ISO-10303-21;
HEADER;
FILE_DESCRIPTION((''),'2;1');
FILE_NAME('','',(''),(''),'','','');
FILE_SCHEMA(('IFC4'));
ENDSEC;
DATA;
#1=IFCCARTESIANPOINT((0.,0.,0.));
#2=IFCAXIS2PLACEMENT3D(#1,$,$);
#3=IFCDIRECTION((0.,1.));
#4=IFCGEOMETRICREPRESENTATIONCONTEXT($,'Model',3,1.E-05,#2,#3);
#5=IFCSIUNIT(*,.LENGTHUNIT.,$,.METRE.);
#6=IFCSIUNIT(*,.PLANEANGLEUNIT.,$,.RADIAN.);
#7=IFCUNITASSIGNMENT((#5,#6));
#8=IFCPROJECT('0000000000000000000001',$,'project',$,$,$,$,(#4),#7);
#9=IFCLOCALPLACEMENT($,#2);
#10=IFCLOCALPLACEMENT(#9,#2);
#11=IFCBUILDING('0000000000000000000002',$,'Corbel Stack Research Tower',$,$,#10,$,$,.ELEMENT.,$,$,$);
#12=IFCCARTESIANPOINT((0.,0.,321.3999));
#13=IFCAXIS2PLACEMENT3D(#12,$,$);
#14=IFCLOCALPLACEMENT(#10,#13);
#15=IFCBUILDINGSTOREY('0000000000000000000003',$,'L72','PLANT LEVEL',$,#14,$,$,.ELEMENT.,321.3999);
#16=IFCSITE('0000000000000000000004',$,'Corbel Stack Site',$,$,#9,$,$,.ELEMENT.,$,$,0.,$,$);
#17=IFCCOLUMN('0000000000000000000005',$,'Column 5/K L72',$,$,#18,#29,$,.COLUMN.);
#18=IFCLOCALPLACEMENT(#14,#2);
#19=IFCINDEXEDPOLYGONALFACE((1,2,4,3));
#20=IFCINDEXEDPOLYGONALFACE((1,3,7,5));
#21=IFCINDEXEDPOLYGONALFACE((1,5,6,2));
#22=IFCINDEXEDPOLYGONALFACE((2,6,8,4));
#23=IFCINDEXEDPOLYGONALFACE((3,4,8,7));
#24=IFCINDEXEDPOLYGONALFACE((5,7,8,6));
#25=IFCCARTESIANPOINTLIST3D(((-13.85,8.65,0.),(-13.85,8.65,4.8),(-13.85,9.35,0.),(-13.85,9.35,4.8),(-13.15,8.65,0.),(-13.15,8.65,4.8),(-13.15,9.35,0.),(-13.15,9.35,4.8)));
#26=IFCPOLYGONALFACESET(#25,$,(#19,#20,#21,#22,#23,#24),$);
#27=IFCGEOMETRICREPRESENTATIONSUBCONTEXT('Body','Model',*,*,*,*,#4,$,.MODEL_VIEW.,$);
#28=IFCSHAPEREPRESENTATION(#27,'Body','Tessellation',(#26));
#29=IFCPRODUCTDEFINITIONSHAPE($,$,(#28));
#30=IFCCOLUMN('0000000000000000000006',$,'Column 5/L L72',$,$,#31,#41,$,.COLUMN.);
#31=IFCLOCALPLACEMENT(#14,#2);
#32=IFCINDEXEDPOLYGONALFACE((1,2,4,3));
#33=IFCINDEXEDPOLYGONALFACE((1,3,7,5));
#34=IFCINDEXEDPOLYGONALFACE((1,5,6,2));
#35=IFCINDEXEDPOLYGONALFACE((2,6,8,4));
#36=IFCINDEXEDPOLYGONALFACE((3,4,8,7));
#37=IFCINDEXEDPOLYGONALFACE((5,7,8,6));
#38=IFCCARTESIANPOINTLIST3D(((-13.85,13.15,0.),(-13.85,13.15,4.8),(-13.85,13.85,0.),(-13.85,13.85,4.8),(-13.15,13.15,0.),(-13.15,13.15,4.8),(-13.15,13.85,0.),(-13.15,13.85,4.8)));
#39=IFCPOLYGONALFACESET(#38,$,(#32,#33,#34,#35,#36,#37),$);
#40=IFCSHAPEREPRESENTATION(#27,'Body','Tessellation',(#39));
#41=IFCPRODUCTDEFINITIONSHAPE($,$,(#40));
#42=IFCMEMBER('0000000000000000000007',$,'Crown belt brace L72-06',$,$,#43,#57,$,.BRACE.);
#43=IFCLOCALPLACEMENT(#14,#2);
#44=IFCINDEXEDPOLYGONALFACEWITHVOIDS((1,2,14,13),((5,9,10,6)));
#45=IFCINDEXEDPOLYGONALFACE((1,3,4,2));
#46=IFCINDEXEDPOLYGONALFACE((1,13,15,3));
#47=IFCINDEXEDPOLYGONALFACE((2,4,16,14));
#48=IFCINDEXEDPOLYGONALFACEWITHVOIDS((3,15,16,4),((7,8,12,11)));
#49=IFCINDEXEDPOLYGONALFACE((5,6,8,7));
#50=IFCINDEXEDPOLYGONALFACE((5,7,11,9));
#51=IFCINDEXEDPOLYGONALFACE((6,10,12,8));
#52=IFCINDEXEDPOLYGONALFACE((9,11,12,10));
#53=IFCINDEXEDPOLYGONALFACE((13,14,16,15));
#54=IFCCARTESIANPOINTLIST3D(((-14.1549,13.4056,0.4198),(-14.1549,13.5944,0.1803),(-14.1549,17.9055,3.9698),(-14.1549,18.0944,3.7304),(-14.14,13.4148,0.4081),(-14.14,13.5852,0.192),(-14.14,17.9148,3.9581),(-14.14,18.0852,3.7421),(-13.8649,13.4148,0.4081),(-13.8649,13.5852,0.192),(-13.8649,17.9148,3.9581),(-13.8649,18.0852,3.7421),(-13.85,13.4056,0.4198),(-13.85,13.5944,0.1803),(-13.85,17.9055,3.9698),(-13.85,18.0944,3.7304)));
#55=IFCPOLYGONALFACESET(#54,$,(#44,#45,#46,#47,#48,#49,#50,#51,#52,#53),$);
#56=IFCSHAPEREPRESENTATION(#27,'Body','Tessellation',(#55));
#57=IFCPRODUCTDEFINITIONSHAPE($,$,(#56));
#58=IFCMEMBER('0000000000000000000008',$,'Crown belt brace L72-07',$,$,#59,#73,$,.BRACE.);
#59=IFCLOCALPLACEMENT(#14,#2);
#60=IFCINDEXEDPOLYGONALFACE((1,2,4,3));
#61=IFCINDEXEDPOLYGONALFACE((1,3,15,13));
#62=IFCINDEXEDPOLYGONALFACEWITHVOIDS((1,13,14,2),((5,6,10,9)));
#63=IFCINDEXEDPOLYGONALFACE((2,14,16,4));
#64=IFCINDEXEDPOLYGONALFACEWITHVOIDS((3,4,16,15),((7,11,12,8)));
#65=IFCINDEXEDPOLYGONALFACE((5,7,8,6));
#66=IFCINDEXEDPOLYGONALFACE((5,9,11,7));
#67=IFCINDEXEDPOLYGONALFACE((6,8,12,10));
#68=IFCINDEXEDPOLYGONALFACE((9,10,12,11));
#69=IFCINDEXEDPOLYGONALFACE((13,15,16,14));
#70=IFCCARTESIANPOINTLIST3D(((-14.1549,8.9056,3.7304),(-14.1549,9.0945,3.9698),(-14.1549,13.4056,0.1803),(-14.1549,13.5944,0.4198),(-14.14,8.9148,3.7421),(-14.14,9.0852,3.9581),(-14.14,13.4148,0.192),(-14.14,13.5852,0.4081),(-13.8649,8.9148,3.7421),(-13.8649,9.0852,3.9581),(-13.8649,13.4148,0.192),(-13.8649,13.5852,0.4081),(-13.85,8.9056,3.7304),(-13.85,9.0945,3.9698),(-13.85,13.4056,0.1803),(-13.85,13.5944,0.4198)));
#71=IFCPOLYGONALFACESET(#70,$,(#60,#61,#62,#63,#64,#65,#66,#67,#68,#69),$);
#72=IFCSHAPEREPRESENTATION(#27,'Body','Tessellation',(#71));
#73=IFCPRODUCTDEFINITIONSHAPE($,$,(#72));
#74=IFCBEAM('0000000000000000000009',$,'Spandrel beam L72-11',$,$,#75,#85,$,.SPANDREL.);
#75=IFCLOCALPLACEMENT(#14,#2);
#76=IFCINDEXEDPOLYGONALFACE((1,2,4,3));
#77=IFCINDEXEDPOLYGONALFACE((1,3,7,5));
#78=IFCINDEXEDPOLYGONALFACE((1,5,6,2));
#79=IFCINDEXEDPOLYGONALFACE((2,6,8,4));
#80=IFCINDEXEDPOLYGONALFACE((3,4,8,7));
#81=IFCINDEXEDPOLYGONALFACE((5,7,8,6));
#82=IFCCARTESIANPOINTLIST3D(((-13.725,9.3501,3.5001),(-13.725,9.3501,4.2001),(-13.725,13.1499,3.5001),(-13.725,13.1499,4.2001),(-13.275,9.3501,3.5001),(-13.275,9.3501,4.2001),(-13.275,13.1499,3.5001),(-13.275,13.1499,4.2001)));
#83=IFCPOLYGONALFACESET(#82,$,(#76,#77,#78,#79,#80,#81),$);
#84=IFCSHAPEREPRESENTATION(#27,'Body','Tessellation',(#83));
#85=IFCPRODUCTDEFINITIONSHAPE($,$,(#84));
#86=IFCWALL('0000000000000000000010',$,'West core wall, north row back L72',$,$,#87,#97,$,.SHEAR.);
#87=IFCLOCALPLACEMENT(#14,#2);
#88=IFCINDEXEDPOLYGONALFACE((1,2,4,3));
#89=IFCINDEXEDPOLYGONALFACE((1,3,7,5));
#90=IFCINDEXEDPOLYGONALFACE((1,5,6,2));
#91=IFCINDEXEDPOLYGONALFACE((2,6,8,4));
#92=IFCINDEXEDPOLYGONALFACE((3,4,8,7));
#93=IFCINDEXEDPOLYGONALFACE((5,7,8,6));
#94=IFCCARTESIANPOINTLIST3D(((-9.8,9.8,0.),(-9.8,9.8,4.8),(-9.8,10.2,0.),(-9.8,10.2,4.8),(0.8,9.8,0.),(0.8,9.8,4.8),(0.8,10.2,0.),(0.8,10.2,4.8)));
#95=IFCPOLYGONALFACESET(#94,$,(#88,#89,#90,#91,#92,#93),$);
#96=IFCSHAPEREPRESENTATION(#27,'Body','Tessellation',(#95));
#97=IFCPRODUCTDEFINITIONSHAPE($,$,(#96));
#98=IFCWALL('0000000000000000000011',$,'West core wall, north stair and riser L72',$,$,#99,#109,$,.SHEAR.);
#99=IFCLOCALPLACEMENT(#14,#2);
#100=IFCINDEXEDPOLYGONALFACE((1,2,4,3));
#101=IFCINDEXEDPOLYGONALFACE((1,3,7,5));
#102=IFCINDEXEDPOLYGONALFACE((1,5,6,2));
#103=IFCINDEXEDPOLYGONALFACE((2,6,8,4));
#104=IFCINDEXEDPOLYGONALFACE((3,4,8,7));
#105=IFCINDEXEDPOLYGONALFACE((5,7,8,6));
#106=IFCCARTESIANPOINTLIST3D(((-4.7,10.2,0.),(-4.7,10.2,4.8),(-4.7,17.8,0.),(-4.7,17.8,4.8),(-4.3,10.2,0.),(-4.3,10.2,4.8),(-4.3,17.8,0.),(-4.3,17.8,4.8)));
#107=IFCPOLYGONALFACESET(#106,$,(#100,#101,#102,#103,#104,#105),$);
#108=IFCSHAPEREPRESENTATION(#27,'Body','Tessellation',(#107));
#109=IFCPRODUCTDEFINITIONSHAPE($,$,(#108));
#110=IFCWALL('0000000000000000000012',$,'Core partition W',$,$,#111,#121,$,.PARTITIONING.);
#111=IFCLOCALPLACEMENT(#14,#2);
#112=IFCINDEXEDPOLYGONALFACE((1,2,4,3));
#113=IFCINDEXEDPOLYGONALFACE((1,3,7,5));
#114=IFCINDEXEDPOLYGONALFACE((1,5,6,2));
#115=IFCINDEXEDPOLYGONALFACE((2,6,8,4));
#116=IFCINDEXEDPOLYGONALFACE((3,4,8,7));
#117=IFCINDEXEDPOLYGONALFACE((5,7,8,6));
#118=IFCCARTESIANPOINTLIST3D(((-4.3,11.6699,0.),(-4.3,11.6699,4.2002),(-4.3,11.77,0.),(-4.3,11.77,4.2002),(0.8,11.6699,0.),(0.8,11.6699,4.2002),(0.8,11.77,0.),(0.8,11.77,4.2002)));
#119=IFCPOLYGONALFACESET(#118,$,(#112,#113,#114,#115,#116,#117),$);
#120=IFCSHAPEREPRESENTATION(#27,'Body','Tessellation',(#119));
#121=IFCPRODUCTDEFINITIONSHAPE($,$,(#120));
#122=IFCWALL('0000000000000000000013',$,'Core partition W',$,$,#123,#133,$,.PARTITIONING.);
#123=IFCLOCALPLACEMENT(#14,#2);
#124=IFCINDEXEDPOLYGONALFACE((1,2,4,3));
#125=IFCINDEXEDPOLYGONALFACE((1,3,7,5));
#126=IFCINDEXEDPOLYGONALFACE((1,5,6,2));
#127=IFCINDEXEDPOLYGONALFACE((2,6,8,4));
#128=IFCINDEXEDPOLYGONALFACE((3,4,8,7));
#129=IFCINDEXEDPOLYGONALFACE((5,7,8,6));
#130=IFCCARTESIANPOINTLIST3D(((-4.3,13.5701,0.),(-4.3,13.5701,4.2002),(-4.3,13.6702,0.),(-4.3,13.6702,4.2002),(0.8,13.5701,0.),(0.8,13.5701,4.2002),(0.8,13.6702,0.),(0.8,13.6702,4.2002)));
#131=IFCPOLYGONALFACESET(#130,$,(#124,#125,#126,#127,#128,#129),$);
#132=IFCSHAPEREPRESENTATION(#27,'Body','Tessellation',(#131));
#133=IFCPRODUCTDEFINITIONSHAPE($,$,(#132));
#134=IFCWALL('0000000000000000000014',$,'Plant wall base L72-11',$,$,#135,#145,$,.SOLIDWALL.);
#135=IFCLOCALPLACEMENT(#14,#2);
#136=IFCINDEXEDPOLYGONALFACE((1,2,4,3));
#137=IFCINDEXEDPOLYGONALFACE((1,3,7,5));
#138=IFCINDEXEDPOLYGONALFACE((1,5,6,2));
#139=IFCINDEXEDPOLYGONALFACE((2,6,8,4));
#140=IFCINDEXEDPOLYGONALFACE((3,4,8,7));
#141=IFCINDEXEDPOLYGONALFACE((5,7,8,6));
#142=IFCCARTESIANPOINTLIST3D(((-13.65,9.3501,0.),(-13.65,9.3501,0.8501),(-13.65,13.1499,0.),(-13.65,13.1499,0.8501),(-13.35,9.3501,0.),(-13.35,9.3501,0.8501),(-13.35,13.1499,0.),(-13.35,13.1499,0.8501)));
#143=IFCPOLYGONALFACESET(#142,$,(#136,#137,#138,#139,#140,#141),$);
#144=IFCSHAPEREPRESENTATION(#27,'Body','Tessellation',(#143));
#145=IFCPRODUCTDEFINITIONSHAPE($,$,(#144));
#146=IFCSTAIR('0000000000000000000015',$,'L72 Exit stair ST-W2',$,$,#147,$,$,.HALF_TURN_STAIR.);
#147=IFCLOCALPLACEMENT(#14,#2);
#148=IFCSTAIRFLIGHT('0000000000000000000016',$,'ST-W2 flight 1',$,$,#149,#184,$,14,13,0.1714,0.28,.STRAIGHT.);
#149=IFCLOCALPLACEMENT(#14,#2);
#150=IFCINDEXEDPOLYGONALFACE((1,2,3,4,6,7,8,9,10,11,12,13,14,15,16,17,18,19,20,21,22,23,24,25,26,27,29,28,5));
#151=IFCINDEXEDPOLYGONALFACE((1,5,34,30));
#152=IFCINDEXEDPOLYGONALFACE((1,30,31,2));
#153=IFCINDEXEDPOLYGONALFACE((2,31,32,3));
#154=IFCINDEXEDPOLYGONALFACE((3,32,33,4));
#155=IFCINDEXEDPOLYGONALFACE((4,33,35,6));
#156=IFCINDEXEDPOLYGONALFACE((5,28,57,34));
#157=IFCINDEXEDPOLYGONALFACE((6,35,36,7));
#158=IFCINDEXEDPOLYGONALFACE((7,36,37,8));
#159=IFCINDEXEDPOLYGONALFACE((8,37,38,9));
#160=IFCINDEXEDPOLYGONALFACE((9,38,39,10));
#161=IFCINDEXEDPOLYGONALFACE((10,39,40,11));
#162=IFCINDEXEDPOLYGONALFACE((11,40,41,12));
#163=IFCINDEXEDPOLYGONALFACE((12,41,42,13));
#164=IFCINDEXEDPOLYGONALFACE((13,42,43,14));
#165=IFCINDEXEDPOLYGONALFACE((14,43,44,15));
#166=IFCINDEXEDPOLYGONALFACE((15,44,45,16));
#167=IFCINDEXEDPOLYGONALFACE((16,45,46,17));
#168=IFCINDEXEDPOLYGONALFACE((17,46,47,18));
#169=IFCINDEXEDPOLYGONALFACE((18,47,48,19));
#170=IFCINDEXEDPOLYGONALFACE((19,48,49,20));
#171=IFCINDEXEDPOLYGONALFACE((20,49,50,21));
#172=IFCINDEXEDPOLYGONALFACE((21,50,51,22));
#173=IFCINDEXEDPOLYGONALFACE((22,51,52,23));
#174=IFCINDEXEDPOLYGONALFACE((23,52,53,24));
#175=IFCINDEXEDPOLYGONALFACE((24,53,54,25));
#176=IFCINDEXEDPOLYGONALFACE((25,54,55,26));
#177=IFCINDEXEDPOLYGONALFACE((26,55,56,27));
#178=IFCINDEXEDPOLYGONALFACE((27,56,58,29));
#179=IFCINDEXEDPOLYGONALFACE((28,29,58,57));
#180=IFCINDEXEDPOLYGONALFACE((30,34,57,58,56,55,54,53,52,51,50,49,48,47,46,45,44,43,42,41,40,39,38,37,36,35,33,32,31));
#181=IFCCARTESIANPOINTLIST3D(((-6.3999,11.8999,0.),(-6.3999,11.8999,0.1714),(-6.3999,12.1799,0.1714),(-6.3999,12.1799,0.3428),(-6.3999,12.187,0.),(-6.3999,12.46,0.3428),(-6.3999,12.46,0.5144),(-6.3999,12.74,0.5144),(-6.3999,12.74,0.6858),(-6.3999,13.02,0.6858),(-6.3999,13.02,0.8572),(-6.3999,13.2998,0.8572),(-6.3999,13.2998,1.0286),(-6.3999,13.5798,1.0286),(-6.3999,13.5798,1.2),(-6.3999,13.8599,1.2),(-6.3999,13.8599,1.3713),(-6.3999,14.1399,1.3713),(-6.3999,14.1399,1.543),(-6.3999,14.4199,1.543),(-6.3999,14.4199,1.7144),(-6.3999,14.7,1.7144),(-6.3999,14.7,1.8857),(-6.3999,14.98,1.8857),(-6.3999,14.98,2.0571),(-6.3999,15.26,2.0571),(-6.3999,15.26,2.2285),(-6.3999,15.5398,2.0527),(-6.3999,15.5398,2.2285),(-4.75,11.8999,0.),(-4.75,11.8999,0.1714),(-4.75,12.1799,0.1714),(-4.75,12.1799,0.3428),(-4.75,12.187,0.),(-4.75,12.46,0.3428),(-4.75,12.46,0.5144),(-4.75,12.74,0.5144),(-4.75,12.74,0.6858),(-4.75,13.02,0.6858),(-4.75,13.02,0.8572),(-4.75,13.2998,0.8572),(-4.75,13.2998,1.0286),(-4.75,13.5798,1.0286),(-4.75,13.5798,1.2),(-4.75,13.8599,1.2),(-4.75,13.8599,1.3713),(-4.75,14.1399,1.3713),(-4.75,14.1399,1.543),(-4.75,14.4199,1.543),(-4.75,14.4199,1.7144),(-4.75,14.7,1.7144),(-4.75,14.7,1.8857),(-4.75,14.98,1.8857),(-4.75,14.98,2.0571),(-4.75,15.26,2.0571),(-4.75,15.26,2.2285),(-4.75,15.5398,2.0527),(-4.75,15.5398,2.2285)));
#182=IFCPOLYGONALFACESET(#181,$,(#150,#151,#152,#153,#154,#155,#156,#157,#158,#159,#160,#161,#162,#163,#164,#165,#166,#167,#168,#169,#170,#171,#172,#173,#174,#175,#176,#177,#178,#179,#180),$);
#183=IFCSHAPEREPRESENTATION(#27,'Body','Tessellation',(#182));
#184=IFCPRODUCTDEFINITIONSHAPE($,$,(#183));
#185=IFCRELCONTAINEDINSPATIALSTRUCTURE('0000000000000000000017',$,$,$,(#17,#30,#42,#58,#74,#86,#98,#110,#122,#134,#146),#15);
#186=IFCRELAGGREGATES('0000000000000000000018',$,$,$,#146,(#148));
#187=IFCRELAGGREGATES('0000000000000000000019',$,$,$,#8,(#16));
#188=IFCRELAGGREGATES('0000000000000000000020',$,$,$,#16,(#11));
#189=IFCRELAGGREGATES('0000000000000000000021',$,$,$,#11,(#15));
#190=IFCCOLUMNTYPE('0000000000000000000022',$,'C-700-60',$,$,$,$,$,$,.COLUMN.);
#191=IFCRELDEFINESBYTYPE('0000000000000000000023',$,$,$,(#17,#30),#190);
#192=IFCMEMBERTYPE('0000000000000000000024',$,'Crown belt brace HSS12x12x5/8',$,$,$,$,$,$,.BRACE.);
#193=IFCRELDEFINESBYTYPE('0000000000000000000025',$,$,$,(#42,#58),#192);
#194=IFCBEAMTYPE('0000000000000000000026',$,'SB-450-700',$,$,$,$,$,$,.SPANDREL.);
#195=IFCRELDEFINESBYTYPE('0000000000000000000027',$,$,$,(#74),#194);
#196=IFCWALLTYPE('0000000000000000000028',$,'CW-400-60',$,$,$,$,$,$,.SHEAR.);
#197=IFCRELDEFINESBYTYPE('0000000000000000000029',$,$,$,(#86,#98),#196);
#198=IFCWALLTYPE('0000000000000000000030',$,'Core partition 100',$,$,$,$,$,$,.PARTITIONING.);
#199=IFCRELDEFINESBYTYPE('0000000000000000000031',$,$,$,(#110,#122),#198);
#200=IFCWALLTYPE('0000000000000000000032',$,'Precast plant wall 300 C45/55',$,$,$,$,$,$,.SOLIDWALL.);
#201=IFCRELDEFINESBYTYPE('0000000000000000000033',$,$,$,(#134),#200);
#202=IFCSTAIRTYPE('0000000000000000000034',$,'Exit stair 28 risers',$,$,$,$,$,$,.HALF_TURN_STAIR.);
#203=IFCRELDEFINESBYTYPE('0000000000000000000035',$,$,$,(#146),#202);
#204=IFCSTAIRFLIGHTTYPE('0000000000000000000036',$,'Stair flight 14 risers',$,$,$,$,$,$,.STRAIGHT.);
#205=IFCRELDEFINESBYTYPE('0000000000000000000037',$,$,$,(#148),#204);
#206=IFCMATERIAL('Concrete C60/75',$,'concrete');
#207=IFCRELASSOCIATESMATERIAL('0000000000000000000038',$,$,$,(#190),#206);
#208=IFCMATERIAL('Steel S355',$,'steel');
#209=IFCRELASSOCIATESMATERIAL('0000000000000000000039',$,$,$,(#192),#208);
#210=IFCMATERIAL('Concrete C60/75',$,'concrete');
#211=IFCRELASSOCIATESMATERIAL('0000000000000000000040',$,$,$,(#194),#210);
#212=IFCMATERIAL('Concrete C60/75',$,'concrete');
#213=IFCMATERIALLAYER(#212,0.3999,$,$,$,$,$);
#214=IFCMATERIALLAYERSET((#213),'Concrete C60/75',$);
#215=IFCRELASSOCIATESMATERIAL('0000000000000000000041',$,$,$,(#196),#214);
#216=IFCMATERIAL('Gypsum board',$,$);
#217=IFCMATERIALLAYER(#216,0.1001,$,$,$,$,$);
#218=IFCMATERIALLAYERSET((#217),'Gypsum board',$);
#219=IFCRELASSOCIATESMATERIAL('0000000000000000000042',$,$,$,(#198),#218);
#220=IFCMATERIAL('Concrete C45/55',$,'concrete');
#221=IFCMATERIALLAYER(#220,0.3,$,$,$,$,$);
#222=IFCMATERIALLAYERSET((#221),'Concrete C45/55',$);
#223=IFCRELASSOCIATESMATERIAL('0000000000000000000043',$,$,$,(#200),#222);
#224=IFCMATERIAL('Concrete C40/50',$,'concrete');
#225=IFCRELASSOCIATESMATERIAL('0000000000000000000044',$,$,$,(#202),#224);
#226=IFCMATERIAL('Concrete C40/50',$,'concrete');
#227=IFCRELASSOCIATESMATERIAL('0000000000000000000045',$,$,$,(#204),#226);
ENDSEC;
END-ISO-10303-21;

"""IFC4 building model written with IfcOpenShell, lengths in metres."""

from ifc_helpers import new_model, si_unit, direction, frame, frame_2d, origin, origin_2d, place, context, subcontext, project, spatial, polyline, rectangle, hollow_rectangle, outline, extrude, material, layer, layer_set, material_profile, profile_set, type_object, element, aggregate, save


model = new_model("IFC4")

# Units and contexts
model_context = context("Model", 3, precision=1e-05, world=origin(), true_north=direction((0.0, 1.0)))
body_context = subcontext(model_context, "Body", "Model", "MODEL_VIEW")
ifc_project = project(units=[si_unit("LENGTHUNIT", "METRE"), si_unit("PLANEANGLEUNIT", "RADIAN")], contexts=[model_context])

# Site, building, storey
site_placement = place(None, origin())
site = spatial("IfcSite", under=ifc_project, at=site_placement, Name="Corbel Stack Site", CompositionType="ELEMENT", RefElevation=0.0)
building_placement = place(site_placement, origin())
building = spatial("IfcBuilding", under=site, at=building_placement, Name="Corbel Stack Research Tower", CompositionType="ELEMENT")
storey_placement = place(building_placement, frame((0.0, 0.0, 321.3999)))
storey = spatial("IfcBuildingStorey", under=building, at=storey_placement, Name="L72", Description="PLANT LEVEL", CompositionType="ELEMENT", Elevation=321.3999)

# Columns
ifc_material_1 = material(Name="Concrete C60/75", Category="concrete")
ifc_material_profile_1 = material_profile(ifc_material_1, rectangle(XDim=0.7, YDim=0.7, at=origin_2d()), Name="RC 700 x 700")
ifc_profile_set_1 = profile_set([ifc_material_profile_1], Name="Concrete C60/75")
column_type = type_object("IfcColumnType", Name="C-700-60", PredefinedType="COLUMN", material=ifc_profile_set_1)
for number, where, z_axis, x_axis, name in (
    (1, (-13.5, 9.0, 0.0), (0.0, 0.0, 1.0), (1.0, 0.0, 0.0), "Column 5/K L72"),
    (2, (-13.5, 13.5, 0.0), (0.0, 0.0, 1.0), (1.0, 0.0, 0.0), "Column 5/L L72"),
):
    element("IfcColumn", number, at=place(storey_placement, frame(where, z_axis=z_axis, x_axis=x_axis)), inside=storey, type_object=column_type, Name=name, PredefinedType="COLUMN", context=body_context, shape_type="SweptSolid", body=[
        extrude(rectangle(XDim=0.7, YDim=0.7, at=origin_2d()), origin(), (0.0, 0.0, 1.0), 4.8),
    ])

# Members
ifc_material_2 = material(Name="Steel S355", Category="steel")
ifc_material_profile_2 = material_profile(ifc_material_2, hollow_rectangle(XDim=0.3049, YDim=0.3049, WallThickness=0.0149, at=origin_2d()), Name="HSS12x12x5/8")
ifc_profile_set_2 = profile_set([ifc_material_profile_2], Name="Steel S355")
member_type = type_object("IfcMemberType", Name="Crown belt brace HSS12x12x5/8", PredefinedType="BRACE", material=ifc_profile_set_2)
for number, where, z_axis, x_axis, name in (
    (3, (-14.0024, 13.5, 0.3), (0.0, 0.785102, 0.619367), (-1.0, 0.0, 0.0), "Crown belt brace L72-06"),
    (4, (-14.0024, 13.5, 0.3), (0.0, -0.785102, 0.619367), (1.0, 0.0, 0.0), "Crown belt brace L72-07"),
):
    element("IfcMember", number, at=place(storey_placement, frame(where, z_axis=z_axis, x_axis=x_axis)), inside=storey, type_object=member_type, Name=name, PredefinedType="BRACE", context=body_context, shape_type="SweptSolid", body=[
        extrude(hollow_rectangle(XDim=0.3049, YDim=0.3049, WallThickness=0.0149, at=origin_2d()), origin(), (0.0, 0.0, 1.0), 5.7317),
    ])

# Beam
ifc_material_3 = material(Name="Concrete C60/75", Category="concrete")
ifc_material_profile_3 = material_profile(ifc_material_3, rectangle(XDim=0.45, YDim=0.7, at=origin_2d()), Name="RC 450 x 700")
ifc_profile_set_3 = profile_set([ifc_material_profile_3], Name="Concrete C60/75")
beam_type = type_object("IfcBeamType", Name="SB-450-700", PredefinedType="SPANDREL", material=ifc_profile_set_3)
beam_placement = place(storey_placement, frame((-13.5, 13.1499, 3.8501), z_axis=(0.0, -1.0, 0.0), x_axis=(1.0, 0.0, 0.0)))
element("IfcBeam", 5, at=beam_placement, inside=storey, type_object=beam_type, Name="Spandrel beam L72-11", PredefinedType="SPANDREL", context=body_context, shape_type="SweptSolid", body=[
    extrude(rectangle(XDim=0.45, YDim=0.7, at=origin_2d()), origin(), (0.0, 0.0, 1.0), 3.7998),
])

# Walls
ifc_material_4 = material(Name="Concrete C60/75", Category="concrete")
ifc_layer_1 = layer(ifc_material_4, 0.3999)
ifc_layer_set_1 = layer_set([ifc_layer_1], Name="Concrete C60/75")
wall_type_1 = type_object("IfcWallType", Name="CW-400-60", PredefinedType="SHEAR", material=ifc_layer_set_1)
wall_1_placement = place(storey_placement, frame((-9.8, 10.0, 0.0), z_axis=(0.0, 0.0, 1.0), x_axis=(1.0, 0.0, 0.0)))
element("IfcWall", 6, at=wall_1_placement, inside=storey, type_object=wall_type_1, Name="West core wall, north row back L72", PredefinedType="SHEAR", context=body_context, shape_type="SweptSolid", body=[
    extrude(rectangle(XDim=10.6001, YDim=0.3999, at=frame_2d((5.3, 0.0))), origin(), (0.0, 0.0, 1.0), 4.8),
])
wall_2_placement = place(storey_placement, frame((-4.5, 10.2, 0.0), z_axis=(0.0, 0.0, 1.0), x_axis=(0.0, 1.0, 0.0)))
element("IfcWall", 7, at=wall_2_placement, inside=storey, type_object=wall_type_1, Name="West core wall, north stair and riser L72", PredefinedType="SHEAR", context=body_context, shape_type="SweptSolid", body=[
    extrude(rectangle(XDim=7.6001, YDim=0.3999, at=frame_2d((3.8, 0.0))), origin(), (0.0, 0.0, 1.0), 4.8),
])
ifc_material_5 = material(Name="Gypsum board")
ifc_layer_2 = layer(ifc_material_5, 0.1001)
ifc_layer_set_2 = layer_set([ifc_layer_2], Name="Gypsum board")
wall_type_2 = type_object("IfcWallType", Name="Core partition 100", PredefinedType="PARTITIONING", material=ifc_layer_set_2)
for number, where, z_axis, x_axis, name in (
    (8, (-4.3, 11.72, 0.0), (0.0, 0.0, 1.0), (1.0, 0.0, 0.0), "Core partition W"),
    (9, (-4.3, 13.6201, 0.0), (0.0, 0.0, 1.0), (1.0, 0.0, 0.0), "Core partition W"),
):
    element("IfcWall", number, at=place(storey_placement, frame(where, z_axis=z_axis, x_axis=x_axis)), inside=storey, type_object=wall_type_2, Name=name, PredefinedType="PARTITIONING", context=body_context, shape_type="SweptSolid", body=[
        extrude(rectangle(XDim=5.1001, YDim=0.1001, at=frame_2d((2.55, 0.0))), origin(), (0.0, 0.0, 1.0), 4.2002),
    ])
ifc_material_6 = material(Name="Concrete C45/55", Category="concrete")
ifc_layer_3 = layer(ifc_material_6, 0.3)
ifc_layer_set_3 = layer_set([ifc_layer_3], Name="Concrete C45/55")
wall_type_3 = type_object("IfcWallType", Name="Precast plant wall 300 C45/55", PredefinedType="SOLIDWALL", material=ifc_layer_set_3)
wall_3_placement = place(storey_placement, frame((-13.5, 13.1499, 0.0), z_axis=(0.0, 0.0, 1.0), x_axis=(0.0, -1.0, 0.0)))
element("IfcWall", 10, at=wall_3_placement, inside=storey, type_object=wall_type_3, Name="Plant wall base L72-11", PredefinedType="SOLIDWALL", context=body_context, shape_type="SweptSolid", body=[
    extrude(rectangle(XDim=3.7998, YDim=0.3, at=frame_2d((1.8999, 0.0))), origin(), (0.0, 0.0, 1.0), 0.8501),
])

# Stair, stair flight
ifc_material_7 = material(Name="Concrete C40/50", Category="concrete")
stair_type = type_object("IfcStairType", Name="Exit stair 28 risers", PredefinedType="HALF_TURN_STAIR", material=ifc_material_7)
stair_placement = place(storey_placement, origin())
stair = element("IfcStair", 11, at=stair_placement, inside=storey, type_object=stair_type, Name="L72 Exit stair ST-W2", PredefinedType="HALF_TURN_STAIR")
ifc_material_8 = material(Name="Concrete C40/50", Category="concrete")
stair_flight_type = type_object("IfcStairFlightType", Name="Stair flight 14 risers", PredefinedType="STRAIGHT", material=ifc_material_8)
stair_flight_1_placement = place(storey_placement, frame((-5.575, 11.8999, 0.0), z_axis=(0.0, 0.0, 1.0), x_axis=(0.0, 1.0, 0.0)))
stair_flight_1 = element("IfcStairFlight", 12, at=stair_flight_1_placement, type_object=stair_flight_type, Name="ST-W2 flight 1", NumberOfRisers=14, NumberOfTreads=13, PredefinedType="STRAIGHT", RiserHeight=0.1714, TreadLength=0.28, context=body_context, shape_type="SweptSolid", body=[
    extrude(outline(polyline([(0.0, 0.0), (0.0, 0.1714), (0.28, 0.1714), (0.28, 0.3428), (0.5601, 0.3428), (0.5601, 0.5144), (0.8401, 0.5144), (0.8401, 0.6858), (1.1201, 0.6858), (1.1201, 0.8572), (1.3999, 0.8572), (1.3999, 1.0286), (1.6799, 1.0286), (1.6799, 1.2), (1.96, 1.2), (1.96, 1.3713), (2.24, 1.3713), (2.24, 1.543), (2.52, 1.543), (2.52, 1.7144), (2.8, 1.7144), (2.8, 1.8857), (3.0801, 1.8857), (3.0801, 2.0571), (3.3601, 2.0571), (3.3601, 2.2285), (3.6399, 2.2285), (3.6399, 2.3999), (3.6399, 2.0527), (0.2871, 0.0), (0.0, 0.0)])), frame((0.0, 0.825, 0.0), z_axis=(0.0, -1.0, 0.0), x_axis=(1.0, 0.0, 0.0)), (0.0, 0.0, 1.0), 1.6499),
])
aggregate(stair, [stair_flight_1])

save(model, "model.ifc")
